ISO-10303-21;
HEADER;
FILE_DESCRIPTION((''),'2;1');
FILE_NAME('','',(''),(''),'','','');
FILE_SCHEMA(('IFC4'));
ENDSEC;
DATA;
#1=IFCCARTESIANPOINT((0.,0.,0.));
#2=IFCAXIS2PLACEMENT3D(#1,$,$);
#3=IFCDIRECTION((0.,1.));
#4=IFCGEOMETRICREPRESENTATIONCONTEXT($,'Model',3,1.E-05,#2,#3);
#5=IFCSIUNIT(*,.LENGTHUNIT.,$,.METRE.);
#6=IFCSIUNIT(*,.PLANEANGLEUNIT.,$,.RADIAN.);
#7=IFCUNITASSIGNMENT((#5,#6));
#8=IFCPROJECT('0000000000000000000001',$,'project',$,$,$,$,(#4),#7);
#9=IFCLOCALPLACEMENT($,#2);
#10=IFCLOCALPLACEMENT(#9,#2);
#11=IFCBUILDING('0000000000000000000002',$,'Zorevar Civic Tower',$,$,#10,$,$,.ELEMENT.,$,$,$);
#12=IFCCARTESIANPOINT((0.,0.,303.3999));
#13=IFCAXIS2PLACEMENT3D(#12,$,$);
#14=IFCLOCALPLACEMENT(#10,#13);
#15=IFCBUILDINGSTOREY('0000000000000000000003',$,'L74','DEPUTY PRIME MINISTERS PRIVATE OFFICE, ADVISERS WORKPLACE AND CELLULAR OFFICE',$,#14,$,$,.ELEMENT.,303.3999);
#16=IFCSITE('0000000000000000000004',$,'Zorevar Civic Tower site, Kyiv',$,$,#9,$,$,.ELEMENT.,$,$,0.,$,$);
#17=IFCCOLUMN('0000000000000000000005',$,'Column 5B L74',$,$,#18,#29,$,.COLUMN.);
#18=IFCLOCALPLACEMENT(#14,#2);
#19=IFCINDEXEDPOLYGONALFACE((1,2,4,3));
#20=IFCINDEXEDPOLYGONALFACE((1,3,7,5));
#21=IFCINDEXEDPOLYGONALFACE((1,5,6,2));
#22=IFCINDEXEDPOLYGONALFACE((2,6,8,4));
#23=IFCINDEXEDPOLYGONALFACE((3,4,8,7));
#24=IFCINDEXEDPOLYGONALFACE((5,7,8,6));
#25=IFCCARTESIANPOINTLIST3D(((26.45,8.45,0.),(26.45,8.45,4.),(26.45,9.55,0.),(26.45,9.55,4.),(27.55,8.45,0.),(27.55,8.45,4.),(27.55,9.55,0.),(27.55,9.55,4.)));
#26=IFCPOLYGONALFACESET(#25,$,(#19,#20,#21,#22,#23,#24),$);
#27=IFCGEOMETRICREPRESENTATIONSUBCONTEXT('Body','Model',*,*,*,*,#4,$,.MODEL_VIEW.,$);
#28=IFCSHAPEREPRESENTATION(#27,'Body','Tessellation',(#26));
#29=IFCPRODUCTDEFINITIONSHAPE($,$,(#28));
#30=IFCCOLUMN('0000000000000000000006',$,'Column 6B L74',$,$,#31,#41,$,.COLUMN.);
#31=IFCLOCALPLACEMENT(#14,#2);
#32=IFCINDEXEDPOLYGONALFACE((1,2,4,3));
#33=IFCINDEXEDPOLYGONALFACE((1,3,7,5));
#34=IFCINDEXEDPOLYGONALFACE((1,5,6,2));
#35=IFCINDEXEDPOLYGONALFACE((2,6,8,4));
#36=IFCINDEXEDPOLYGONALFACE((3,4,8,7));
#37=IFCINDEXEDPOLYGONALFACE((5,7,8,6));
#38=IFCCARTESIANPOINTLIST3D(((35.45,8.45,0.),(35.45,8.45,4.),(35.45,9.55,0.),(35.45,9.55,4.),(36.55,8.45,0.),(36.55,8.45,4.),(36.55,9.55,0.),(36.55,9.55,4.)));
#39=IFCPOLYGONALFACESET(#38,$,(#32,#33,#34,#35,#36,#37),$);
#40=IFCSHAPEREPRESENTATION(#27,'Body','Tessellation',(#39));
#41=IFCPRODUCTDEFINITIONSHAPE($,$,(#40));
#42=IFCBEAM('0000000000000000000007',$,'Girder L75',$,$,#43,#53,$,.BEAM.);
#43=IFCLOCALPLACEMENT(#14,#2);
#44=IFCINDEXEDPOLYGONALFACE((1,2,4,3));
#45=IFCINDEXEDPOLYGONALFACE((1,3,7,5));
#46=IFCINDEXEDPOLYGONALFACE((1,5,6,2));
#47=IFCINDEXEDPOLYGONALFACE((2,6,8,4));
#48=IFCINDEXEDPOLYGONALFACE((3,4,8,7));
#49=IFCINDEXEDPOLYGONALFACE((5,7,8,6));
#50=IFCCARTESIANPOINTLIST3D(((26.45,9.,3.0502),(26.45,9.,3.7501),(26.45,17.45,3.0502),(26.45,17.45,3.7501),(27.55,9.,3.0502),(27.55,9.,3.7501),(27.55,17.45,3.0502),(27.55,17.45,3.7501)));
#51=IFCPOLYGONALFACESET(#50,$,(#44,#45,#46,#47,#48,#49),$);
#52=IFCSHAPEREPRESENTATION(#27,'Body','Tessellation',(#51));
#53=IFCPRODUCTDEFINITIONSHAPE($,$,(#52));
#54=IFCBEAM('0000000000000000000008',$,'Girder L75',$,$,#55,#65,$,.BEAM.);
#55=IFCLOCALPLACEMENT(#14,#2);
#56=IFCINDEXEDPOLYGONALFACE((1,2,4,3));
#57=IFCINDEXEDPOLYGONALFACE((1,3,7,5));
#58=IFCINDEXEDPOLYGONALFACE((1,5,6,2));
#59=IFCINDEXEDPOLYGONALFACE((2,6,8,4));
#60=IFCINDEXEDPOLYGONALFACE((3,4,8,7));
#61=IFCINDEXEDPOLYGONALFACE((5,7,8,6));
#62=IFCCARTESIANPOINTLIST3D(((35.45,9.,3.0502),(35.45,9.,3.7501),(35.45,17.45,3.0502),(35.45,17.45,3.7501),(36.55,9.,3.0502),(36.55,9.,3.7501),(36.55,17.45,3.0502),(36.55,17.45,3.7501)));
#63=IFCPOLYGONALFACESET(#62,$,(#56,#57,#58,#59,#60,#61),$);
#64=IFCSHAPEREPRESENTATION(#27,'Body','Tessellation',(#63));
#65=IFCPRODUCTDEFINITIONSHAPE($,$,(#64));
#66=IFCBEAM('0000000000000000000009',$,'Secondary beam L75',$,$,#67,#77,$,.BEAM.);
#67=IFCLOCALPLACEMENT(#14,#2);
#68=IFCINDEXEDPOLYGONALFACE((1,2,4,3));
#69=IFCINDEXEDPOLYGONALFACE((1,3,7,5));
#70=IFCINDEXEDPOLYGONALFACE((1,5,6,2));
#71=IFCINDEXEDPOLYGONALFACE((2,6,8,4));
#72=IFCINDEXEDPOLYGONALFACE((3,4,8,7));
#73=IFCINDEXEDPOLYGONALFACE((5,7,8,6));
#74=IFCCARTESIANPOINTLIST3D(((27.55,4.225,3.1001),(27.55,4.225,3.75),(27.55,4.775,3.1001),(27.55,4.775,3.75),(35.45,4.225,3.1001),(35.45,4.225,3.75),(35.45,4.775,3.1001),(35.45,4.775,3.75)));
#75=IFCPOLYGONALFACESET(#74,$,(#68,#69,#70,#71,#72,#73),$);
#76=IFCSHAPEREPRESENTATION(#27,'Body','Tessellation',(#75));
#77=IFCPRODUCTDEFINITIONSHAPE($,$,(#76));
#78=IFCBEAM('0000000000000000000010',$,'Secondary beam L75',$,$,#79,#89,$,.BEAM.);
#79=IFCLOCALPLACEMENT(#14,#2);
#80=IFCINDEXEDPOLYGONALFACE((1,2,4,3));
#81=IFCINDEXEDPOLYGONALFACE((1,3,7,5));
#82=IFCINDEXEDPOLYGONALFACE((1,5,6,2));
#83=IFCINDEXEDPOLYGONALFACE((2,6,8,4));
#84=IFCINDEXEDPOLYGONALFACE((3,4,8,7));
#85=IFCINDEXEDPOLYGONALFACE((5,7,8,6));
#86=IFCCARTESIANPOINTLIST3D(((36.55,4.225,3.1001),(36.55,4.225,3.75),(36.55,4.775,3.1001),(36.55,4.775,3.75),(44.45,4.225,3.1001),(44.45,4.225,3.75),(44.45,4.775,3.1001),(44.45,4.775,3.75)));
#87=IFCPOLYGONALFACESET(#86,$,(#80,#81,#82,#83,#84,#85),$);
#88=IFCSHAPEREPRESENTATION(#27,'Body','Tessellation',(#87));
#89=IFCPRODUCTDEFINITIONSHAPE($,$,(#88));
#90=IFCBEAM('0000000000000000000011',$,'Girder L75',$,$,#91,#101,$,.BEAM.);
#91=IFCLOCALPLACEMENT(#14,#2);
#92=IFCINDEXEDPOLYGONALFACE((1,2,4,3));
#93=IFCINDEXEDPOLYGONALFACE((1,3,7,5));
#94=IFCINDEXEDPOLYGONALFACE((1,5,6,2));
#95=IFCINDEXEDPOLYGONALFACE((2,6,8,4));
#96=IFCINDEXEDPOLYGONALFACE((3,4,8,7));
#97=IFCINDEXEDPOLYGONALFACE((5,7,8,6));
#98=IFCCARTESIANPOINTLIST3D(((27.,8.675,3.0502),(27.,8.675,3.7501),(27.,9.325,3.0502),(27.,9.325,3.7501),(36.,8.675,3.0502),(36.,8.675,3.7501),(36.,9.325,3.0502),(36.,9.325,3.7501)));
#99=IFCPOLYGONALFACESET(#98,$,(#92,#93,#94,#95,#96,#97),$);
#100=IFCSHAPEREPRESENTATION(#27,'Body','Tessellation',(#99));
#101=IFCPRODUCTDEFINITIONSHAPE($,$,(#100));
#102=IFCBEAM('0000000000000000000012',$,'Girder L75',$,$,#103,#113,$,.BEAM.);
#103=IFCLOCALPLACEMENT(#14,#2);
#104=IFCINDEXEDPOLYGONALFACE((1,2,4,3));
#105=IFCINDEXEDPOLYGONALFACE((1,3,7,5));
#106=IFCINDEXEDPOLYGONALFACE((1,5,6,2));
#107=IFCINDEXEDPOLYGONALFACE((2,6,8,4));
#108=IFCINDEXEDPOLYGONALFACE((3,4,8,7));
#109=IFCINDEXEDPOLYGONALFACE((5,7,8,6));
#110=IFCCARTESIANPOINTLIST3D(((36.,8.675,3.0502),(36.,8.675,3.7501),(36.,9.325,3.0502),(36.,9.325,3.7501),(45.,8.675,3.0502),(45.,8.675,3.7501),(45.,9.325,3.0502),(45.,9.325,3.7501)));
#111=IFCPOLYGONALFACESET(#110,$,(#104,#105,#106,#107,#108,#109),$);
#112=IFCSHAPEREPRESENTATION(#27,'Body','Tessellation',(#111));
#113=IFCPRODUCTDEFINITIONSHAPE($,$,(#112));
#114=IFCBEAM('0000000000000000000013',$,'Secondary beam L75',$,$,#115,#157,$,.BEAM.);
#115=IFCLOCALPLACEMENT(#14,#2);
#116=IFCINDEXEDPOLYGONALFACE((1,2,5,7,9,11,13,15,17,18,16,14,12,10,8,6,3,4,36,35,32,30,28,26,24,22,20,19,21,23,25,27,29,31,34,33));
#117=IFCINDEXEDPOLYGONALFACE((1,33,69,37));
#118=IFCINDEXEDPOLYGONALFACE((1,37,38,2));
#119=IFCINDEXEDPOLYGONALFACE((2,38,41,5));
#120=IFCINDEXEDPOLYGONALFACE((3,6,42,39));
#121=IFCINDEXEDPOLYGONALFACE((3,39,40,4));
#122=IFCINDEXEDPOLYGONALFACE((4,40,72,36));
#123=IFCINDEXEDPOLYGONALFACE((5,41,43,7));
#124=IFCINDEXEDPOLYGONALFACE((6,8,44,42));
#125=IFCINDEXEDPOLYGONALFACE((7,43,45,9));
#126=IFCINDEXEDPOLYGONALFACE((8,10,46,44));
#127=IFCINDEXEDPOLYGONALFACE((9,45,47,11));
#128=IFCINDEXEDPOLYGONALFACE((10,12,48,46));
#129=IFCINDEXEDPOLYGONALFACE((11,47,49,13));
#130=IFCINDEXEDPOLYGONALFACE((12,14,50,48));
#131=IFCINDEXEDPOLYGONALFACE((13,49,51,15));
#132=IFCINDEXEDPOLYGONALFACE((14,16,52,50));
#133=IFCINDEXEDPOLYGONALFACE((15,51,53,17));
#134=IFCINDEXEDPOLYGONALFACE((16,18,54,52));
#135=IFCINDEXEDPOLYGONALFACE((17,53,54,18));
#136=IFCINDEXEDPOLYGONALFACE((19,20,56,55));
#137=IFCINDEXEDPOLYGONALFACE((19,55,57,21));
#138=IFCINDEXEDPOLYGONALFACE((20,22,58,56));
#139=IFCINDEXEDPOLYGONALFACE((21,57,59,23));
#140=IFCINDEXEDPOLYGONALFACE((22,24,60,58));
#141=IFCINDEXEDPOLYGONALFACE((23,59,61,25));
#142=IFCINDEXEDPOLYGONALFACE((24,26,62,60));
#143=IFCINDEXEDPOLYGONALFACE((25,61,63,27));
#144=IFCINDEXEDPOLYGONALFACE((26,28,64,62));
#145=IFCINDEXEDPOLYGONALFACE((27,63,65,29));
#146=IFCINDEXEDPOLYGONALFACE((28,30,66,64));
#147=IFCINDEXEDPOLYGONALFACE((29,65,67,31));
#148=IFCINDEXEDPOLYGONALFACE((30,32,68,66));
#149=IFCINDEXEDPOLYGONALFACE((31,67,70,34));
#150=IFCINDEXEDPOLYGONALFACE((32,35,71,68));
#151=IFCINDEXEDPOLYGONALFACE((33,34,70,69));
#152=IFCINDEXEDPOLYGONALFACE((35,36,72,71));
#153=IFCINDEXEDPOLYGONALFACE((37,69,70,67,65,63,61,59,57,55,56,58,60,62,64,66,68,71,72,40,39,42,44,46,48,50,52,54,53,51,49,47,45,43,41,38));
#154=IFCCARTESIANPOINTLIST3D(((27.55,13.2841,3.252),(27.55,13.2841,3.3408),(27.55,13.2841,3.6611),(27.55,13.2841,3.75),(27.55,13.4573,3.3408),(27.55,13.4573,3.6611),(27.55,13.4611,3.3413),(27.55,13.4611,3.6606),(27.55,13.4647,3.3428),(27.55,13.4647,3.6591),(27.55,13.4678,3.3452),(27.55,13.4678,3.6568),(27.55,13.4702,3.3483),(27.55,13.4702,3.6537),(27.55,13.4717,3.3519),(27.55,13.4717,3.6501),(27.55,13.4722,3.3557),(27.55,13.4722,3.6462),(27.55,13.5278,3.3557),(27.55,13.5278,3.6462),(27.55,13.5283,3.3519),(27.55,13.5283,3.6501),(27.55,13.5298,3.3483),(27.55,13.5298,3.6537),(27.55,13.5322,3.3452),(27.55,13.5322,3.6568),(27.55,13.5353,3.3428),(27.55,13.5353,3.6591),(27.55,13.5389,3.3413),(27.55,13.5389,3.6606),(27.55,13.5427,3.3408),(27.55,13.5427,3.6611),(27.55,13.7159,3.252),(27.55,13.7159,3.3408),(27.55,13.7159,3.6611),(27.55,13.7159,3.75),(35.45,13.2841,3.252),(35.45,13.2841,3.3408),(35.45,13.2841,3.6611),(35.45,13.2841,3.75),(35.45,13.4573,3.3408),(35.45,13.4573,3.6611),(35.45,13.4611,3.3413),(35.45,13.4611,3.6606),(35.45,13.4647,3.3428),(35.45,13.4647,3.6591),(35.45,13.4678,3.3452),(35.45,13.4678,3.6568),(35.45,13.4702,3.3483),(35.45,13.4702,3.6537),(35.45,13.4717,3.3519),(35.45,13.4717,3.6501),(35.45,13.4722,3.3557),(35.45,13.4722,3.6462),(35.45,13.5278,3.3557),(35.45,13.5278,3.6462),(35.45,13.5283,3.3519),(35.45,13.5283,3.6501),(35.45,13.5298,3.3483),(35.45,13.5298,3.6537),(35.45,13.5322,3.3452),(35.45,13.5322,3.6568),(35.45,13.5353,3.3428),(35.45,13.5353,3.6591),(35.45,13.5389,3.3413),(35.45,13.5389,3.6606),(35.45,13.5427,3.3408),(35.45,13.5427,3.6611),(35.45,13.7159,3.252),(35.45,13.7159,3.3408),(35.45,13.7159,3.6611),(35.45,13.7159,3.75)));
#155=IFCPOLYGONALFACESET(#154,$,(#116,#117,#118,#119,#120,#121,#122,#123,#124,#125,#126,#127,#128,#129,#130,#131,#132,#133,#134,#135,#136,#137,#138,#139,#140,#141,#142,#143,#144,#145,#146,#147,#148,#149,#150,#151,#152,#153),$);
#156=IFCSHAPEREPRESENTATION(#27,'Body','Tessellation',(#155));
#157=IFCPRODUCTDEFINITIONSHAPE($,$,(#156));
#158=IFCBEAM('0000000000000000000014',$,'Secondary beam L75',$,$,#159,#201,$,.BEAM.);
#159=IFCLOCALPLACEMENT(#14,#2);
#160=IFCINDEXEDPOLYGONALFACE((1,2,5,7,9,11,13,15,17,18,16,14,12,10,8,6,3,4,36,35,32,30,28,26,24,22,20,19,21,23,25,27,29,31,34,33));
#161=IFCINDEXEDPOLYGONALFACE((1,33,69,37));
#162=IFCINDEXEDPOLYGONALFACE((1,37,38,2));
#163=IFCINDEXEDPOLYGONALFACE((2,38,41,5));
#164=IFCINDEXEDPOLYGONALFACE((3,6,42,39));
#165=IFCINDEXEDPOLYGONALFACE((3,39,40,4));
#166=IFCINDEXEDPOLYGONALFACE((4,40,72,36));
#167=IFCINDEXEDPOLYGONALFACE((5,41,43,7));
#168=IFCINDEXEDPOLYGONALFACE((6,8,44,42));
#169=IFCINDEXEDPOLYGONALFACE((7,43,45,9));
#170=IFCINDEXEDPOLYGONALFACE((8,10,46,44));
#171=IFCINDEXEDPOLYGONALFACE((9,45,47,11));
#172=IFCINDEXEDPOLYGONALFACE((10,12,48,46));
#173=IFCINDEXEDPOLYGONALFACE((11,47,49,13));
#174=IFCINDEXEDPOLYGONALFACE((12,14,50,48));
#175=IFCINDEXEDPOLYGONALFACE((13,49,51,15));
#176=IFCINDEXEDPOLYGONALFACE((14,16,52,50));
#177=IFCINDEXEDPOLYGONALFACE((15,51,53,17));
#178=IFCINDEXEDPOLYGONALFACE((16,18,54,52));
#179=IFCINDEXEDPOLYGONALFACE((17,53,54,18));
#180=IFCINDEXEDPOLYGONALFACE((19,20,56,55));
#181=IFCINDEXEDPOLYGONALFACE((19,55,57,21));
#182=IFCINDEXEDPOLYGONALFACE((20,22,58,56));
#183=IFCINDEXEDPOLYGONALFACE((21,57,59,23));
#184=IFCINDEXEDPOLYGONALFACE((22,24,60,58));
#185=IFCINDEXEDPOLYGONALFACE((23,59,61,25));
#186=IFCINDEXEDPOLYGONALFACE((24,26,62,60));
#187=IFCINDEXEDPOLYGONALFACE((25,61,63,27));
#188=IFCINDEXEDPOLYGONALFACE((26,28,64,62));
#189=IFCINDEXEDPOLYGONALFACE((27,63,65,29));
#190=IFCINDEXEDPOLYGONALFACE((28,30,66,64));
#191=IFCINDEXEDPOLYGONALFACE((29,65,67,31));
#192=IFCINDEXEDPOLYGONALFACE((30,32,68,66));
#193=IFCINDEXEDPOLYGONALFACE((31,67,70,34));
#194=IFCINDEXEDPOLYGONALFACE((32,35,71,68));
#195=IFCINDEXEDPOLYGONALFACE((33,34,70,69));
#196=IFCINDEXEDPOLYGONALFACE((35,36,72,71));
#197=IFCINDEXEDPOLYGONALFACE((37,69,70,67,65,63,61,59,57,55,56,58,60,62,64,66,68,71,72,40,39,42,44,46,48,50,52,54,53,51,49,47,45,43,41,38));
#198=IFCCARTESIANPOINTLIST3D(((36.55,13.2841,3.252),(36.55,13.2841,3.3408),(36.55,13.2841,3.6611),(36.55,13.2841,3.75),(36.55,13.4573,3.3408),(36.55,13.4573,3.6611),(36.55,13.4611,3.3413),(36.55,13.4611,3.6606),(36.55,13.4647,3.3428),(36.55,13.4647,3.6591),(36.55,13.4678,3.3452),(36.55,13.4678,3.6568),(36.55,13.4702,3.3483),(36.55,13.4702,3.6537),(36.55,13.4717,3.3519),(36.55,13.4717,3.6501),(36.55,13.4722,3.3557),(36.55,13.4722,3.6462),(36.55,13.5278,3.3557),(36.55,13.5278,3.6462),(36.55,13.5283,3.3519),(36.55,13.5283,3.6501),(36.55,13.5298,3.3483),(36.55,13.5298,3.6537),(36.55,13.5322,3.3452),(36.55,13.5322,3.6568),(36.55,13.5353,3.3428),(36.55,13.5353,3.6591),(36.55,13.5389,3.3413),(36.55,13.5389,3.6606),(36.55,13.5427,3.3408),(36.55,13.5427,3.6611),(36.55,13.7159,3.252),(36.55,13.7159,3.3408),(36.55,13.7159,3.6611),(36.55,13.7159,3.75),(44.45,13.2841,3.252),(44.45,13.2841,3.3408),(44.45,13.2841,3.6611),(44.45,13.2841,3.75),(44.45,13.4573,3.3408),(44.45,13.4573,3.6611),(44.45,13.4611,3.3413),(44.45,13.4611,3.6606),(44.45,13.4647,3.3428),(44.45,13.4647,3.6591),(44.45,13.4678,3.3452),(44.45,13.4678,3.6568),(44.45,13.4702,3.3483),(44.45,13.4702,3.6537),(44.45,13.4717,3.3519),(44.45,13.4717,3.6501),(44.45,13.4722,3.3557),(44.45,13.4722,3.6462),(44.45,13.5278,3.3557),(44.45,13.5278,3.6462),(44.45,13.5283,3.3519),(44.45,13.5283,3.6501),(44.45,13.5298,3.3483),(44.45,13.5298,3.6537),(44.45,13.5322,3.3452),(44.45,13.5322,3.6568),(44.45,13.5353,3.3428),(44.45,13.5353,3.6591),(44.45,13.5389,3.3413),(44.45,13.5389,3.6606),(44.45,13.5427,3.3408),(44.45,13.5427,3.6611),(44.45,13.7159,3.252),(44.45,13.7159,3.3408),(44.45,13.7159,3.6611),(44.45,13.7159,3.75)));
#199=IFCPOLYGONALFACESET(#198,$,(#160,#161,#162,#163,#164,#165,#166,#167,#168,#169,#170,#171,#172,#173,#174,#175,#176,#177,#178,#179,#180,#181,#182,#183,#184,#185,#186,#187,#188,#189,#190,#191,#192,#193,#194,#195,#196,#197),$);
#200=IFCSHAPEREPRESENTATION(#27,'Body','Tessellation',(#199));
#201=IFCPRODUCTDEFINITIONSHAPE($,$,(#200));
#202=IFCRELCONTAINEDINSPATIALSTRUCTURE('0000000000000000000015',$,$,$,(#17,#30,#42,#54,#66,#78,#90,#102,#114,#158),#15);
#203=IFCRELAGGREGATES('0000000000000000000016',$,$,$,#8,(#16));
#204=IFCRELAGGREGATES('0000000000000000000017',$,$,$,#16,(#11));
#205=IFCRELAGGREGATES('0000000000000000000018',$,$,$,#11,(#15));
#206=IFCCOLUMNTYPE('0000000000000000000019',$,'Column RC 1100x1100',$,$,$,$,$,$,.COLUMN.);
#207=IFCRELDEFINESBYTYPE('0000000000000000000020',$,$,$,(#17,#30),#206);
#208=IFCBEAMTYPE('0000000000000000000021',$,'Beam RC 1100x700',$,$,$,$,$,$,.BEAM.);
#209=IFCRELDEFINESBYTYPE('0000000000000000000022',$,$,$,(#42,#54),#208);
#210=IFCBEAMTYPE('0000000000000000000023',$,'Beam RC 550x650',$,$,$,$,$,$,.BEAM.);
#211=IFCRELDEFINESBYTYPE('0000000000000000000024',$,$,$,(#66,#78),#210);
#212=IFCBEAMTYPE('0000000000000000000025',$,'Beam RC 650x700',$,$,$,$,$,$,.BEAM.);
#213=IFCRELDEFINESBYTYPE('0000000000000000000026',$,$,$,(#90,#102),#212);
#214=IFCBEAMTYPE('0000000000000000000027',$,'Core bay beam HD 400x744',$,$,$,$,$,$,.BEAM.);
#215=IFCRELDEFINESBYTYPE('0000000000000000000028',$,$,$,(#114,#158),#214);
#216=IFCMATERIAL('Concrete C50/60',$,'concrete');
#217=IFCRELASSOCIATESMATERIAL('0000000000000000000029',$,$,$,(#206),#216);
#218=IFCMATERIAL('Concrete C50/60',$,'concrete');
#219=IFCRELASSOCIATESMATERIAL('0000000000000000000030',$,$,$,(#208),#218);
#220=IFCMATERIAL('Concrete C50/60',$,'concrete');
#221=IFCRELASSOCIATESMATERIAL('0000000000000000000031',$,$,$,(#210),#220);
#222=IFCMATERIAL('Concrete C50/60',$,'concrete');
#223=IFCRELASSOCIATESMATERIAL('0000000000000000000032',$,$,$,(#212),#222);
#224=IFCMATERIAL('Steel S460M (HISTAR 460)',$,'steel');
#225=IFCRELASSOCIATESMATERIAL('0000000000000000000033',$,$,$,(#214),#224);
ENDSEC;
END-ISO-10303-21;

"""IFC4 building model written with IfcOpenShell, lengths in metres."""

from ifc_helpers import new_model, si_unit, direction, frame, origin, origin_2d, place, context, subcontext, project, spatial, rectangle, i_section, extrude, material, material_profile, profile_set, type_object, element, save


model = new_model("IFC4")

# Units and contexts
model_context = context("Model", 3, precision=1e-05, world=origin(), true_north=direction((0.0, 1.0)))
body_context = subcontext(model_context, "Body", "Model", "MODEL_VIEW")
ifc_project = project(units=[si_unit("LENGTHUNIT", "METRE"), si_unit("PLANEANGLEUNIT", "RADIAN")], contexts=[model_context])

# Site, building, storey
site_placement = place(None, origin())
site = spatial("IfcSite", under=ifc_project, at=site_placement, Name="Zorevar Civic Tower site, Kyiv", CompositionType="ELEMENT", RefElevation=0.0)
building_placement = place(site_placement, origin())
building = spatial("IfcBuilding", under=site, at=building_placement, Name="Zorevar Civic Tower", CompositionType="ELEMENT")
storey_placement = place(building_placement, frame((0.0, 0.0, 303.3999)))
storey = spatial("IfcBuildingStorey", under=building, at=storey_placement, Name="L74", Description="DEPUTY PRIME MINISTERS PRIVATE OFFICE, ADVISERS WORKPLACE AND CELLULAR OFFICE", CompositionType="ELEMENT", Elevation=303.3999)

# Columns
ifc_material_1 = material(Name="Concrete C50/60", Category="concrete")
ifc_material_profile_1 = material_profile(ifc_material_1, rectangle(XDim=1.1001, YDim=1.1001, at=origin_2d()), Name="RC 1100x1100")
ifc_profile_set_1 = profile_set([ifc_material_profile_1], Name="Concrete C50/60")
column_type = type_object("IfcColumnType", Name="Column RC 1100x1100", PredefinedType="COLUMN", material=ifc_profile_set_1)
for number, where, z_axis, x_axis, name in (
    (1, (27.0, 9.0, 0.0), (0.0, 0.0, 1.0), (1.0, 0.0, 0.0), "Column 5B L74"),
    (2, (36.0, 9.0, 0.0), (0.0, 0.0, 1.0), (1.0, 0.0, 0.0), "Column 6B L74"),
):
    element("IfcColumn", number, at=place(storey_placement, frame(where, z_axis=z_axis, x_axis=x_axis)), inside=storey, type_object=column_type, Name=name, PredefinedType="COLUMN", context=body_context, shape_type="SweptSolid", body=[
        extrude(rectangle(XDim=1.1001, YDim=1.1001, at=origin_2d()), origin(), (0.0, 0.0, 1.0), 4.0),
    ])

# Beams
ifc_material_2 = material(Name="Concrete C50/60", Category="concrete")
ifc_material_profile_2 = material_profile(ifc_material_2, rectangle(XDim=1.1001, YDim=0.7, at=origin_2d()), Name="RC 1100x700")
ifc_profile_set_2 = profile_set([ifc_material_profile_2], Name="Concrete C50/60")
beam_type_1 = type_object("IfcBeamType", Name="Beam RC 1100x700", PredefinedType="BEAM", material=ifc_profile_set_2)
for number, where, z_axis, x_axis, name in (
    (3, (27.0, 9.0, 3.4001), (0.0, 1.0, 0.0), (-1.0, 0.0, 0.0), "Girder L75"),
    (4, (36.0, 9.0, 3.4001), (0.0, 1.0, 0.0), (-1.0, 0.0, 0.0), "Girder L75"),
):
    element("IfcBeam", number, at=place(storey_placement, frame(where, z_axis=z_axis, x_axis=x_axis)), inside=storey, type_object=beam_type_1, Name=name, PredefinedType="BEAM", context=body_context, shape_type="SweptSolid", body=[
        extrude(rectangle(XDim=1.1001, YDim=0.7, at=origin_2d()), origin(), (0.0, 0.0, 1.0), 8.45),
    ])
ifc_material_3 = material(Name="Concrete C50/60", Category="concrete")
ifc_material_profile_3 = material_profile(ifc_material_3, rectangle(XDim=0.55, YDim=0.6499, at=origin_2d()), Name="RC 550x650")
ifc_profile_set_3 = profile_set([ifc_material_profile_3], Name="Concrete C50/60")
beam_type_2 = type_object("IfcBeamType", Name="Beam RC 550x650", PredefinedType="BEAM", material=ifc_profile_set_3)
for number, where, z_axis, x_axis, name in (
    (5, (27.55, 4.5, 3.425), (1.0, 0.0, 0.0), (0.0, 1.0, 0.0), "Secondary beam L75"),
    (6, (36.55, 4.5, 3.425), (1.0, 0.0, 0.0), (0.0, 1.0, 0.0), "Secondary beam L75"),
):
    element("IfcBeam", number, at=place(storey_placement, frame(where, z_axis=z_axis, x_axis=x_axis)), inside=storey, type_object=beam_type_2, Name=name, PredefinedType="BEAM", context=body_context, shape_type="SweptSolid", body=[
        extrude(rectangle(XDim=0.55, YDim=0.6499, at=origin_2d()), origin(), (0.0, 0.0, 1.0), 7.8999),
    ])
ifc_material_4 = material(Name="Concrete C50/60", Category="concrete")
ifc_material_profile_4 = material_profile(ifc_material_4, rectangle(XDim=0.6499, YDim=0.7, at=origin_2d()), Name="RC 650x700")
ifc_profile_set_4 = profile_set([ifc_material_profile_4], Name="Concrete C50/60")
beam_type_3 = type_object("IfcBeamType", Name="Beam RC 650x700", PredefinedType="BEAM", material=ifc_profile_set_4)
for number, where, z_axis, x_axis, name in (
    (7, (27.0, 9.0, 3.4001), (1.0, 0.0, 0.0), (0.0, 1.0, 0.0), "Girder L75"),
    (8, (36.0, 9.0, 3.4001), (1.0, 0.0, 0.0), (0.0, 1.0, 0.0), "Girder L75"),
):
    element("IfcBeam", number, at=place(storey_placement, frame(where, z_axis=z_axis, x_axis=x_axis)), inside=storey, type_object=beam_type_3, Name=name, PredefinedType="BEAM", context=body_context, shape_type="SweptSolid", body=[
        extrude(rectangle(XDim=0.6499, YDim=0.7, at=origin_2d()), origin(), (0.0, 0.0, 1.0), 9.0),
    ])
ifc_material_5 = material(Name="Steel S460M (HISTAR 460)", Category="steel")
ifc_material_profile_5 = material_profile(ifc_material_5, i_section(OverallWidth=0.4319, OverallDepth=0.498, WebThickness=0.0557, FlangeThickness=0.0889, FilletRadius=0.0149, at=origin_2d()), Name="HD 400x744")
ifc_profile_set_5 = profile_set([ifc_material_profile_5], Name="Steel S460M (HISTAR 460)")
beam_type_4 = type_object("IfcBeamType", Name="Core bay beam HD 400x744", PredefinedType="BEAM", material=ifc_profile_set_5)
for number, where, z_axis, x_axis, name in (
    (9, (27.55, 13.5, 3.501), (1.0, 0.0, 0.0), (0.0, 1.0, 0.0), "Secondary beam L75"),
    (10, (36.55, 13.5, 3.501), (1.0, 0.0, 0.0), (0.0, 1.0, 0.0), "Secondary beam L75"),
):
    element("IfcBeam", number, at=place(storey_placement, frame(where, z_axis=z_axis, x_axis=x_axis)), inside=storey, type_object=beam_type_4, Name=name, PredefinedType="BEAM", context=body_context, shape_type="SweptSolid", body=[
        extrude(i_section(OverallWidth=0.4319, OverallDepth=0.498, WebThickness=0.0557, FlangeThickness=0.0889, FilletRadius=0.0149, at=origin_2d()), origin(), (0.0, 0.0, 1.0), 7.8999),
    ])

save(model, "model.ifc")
